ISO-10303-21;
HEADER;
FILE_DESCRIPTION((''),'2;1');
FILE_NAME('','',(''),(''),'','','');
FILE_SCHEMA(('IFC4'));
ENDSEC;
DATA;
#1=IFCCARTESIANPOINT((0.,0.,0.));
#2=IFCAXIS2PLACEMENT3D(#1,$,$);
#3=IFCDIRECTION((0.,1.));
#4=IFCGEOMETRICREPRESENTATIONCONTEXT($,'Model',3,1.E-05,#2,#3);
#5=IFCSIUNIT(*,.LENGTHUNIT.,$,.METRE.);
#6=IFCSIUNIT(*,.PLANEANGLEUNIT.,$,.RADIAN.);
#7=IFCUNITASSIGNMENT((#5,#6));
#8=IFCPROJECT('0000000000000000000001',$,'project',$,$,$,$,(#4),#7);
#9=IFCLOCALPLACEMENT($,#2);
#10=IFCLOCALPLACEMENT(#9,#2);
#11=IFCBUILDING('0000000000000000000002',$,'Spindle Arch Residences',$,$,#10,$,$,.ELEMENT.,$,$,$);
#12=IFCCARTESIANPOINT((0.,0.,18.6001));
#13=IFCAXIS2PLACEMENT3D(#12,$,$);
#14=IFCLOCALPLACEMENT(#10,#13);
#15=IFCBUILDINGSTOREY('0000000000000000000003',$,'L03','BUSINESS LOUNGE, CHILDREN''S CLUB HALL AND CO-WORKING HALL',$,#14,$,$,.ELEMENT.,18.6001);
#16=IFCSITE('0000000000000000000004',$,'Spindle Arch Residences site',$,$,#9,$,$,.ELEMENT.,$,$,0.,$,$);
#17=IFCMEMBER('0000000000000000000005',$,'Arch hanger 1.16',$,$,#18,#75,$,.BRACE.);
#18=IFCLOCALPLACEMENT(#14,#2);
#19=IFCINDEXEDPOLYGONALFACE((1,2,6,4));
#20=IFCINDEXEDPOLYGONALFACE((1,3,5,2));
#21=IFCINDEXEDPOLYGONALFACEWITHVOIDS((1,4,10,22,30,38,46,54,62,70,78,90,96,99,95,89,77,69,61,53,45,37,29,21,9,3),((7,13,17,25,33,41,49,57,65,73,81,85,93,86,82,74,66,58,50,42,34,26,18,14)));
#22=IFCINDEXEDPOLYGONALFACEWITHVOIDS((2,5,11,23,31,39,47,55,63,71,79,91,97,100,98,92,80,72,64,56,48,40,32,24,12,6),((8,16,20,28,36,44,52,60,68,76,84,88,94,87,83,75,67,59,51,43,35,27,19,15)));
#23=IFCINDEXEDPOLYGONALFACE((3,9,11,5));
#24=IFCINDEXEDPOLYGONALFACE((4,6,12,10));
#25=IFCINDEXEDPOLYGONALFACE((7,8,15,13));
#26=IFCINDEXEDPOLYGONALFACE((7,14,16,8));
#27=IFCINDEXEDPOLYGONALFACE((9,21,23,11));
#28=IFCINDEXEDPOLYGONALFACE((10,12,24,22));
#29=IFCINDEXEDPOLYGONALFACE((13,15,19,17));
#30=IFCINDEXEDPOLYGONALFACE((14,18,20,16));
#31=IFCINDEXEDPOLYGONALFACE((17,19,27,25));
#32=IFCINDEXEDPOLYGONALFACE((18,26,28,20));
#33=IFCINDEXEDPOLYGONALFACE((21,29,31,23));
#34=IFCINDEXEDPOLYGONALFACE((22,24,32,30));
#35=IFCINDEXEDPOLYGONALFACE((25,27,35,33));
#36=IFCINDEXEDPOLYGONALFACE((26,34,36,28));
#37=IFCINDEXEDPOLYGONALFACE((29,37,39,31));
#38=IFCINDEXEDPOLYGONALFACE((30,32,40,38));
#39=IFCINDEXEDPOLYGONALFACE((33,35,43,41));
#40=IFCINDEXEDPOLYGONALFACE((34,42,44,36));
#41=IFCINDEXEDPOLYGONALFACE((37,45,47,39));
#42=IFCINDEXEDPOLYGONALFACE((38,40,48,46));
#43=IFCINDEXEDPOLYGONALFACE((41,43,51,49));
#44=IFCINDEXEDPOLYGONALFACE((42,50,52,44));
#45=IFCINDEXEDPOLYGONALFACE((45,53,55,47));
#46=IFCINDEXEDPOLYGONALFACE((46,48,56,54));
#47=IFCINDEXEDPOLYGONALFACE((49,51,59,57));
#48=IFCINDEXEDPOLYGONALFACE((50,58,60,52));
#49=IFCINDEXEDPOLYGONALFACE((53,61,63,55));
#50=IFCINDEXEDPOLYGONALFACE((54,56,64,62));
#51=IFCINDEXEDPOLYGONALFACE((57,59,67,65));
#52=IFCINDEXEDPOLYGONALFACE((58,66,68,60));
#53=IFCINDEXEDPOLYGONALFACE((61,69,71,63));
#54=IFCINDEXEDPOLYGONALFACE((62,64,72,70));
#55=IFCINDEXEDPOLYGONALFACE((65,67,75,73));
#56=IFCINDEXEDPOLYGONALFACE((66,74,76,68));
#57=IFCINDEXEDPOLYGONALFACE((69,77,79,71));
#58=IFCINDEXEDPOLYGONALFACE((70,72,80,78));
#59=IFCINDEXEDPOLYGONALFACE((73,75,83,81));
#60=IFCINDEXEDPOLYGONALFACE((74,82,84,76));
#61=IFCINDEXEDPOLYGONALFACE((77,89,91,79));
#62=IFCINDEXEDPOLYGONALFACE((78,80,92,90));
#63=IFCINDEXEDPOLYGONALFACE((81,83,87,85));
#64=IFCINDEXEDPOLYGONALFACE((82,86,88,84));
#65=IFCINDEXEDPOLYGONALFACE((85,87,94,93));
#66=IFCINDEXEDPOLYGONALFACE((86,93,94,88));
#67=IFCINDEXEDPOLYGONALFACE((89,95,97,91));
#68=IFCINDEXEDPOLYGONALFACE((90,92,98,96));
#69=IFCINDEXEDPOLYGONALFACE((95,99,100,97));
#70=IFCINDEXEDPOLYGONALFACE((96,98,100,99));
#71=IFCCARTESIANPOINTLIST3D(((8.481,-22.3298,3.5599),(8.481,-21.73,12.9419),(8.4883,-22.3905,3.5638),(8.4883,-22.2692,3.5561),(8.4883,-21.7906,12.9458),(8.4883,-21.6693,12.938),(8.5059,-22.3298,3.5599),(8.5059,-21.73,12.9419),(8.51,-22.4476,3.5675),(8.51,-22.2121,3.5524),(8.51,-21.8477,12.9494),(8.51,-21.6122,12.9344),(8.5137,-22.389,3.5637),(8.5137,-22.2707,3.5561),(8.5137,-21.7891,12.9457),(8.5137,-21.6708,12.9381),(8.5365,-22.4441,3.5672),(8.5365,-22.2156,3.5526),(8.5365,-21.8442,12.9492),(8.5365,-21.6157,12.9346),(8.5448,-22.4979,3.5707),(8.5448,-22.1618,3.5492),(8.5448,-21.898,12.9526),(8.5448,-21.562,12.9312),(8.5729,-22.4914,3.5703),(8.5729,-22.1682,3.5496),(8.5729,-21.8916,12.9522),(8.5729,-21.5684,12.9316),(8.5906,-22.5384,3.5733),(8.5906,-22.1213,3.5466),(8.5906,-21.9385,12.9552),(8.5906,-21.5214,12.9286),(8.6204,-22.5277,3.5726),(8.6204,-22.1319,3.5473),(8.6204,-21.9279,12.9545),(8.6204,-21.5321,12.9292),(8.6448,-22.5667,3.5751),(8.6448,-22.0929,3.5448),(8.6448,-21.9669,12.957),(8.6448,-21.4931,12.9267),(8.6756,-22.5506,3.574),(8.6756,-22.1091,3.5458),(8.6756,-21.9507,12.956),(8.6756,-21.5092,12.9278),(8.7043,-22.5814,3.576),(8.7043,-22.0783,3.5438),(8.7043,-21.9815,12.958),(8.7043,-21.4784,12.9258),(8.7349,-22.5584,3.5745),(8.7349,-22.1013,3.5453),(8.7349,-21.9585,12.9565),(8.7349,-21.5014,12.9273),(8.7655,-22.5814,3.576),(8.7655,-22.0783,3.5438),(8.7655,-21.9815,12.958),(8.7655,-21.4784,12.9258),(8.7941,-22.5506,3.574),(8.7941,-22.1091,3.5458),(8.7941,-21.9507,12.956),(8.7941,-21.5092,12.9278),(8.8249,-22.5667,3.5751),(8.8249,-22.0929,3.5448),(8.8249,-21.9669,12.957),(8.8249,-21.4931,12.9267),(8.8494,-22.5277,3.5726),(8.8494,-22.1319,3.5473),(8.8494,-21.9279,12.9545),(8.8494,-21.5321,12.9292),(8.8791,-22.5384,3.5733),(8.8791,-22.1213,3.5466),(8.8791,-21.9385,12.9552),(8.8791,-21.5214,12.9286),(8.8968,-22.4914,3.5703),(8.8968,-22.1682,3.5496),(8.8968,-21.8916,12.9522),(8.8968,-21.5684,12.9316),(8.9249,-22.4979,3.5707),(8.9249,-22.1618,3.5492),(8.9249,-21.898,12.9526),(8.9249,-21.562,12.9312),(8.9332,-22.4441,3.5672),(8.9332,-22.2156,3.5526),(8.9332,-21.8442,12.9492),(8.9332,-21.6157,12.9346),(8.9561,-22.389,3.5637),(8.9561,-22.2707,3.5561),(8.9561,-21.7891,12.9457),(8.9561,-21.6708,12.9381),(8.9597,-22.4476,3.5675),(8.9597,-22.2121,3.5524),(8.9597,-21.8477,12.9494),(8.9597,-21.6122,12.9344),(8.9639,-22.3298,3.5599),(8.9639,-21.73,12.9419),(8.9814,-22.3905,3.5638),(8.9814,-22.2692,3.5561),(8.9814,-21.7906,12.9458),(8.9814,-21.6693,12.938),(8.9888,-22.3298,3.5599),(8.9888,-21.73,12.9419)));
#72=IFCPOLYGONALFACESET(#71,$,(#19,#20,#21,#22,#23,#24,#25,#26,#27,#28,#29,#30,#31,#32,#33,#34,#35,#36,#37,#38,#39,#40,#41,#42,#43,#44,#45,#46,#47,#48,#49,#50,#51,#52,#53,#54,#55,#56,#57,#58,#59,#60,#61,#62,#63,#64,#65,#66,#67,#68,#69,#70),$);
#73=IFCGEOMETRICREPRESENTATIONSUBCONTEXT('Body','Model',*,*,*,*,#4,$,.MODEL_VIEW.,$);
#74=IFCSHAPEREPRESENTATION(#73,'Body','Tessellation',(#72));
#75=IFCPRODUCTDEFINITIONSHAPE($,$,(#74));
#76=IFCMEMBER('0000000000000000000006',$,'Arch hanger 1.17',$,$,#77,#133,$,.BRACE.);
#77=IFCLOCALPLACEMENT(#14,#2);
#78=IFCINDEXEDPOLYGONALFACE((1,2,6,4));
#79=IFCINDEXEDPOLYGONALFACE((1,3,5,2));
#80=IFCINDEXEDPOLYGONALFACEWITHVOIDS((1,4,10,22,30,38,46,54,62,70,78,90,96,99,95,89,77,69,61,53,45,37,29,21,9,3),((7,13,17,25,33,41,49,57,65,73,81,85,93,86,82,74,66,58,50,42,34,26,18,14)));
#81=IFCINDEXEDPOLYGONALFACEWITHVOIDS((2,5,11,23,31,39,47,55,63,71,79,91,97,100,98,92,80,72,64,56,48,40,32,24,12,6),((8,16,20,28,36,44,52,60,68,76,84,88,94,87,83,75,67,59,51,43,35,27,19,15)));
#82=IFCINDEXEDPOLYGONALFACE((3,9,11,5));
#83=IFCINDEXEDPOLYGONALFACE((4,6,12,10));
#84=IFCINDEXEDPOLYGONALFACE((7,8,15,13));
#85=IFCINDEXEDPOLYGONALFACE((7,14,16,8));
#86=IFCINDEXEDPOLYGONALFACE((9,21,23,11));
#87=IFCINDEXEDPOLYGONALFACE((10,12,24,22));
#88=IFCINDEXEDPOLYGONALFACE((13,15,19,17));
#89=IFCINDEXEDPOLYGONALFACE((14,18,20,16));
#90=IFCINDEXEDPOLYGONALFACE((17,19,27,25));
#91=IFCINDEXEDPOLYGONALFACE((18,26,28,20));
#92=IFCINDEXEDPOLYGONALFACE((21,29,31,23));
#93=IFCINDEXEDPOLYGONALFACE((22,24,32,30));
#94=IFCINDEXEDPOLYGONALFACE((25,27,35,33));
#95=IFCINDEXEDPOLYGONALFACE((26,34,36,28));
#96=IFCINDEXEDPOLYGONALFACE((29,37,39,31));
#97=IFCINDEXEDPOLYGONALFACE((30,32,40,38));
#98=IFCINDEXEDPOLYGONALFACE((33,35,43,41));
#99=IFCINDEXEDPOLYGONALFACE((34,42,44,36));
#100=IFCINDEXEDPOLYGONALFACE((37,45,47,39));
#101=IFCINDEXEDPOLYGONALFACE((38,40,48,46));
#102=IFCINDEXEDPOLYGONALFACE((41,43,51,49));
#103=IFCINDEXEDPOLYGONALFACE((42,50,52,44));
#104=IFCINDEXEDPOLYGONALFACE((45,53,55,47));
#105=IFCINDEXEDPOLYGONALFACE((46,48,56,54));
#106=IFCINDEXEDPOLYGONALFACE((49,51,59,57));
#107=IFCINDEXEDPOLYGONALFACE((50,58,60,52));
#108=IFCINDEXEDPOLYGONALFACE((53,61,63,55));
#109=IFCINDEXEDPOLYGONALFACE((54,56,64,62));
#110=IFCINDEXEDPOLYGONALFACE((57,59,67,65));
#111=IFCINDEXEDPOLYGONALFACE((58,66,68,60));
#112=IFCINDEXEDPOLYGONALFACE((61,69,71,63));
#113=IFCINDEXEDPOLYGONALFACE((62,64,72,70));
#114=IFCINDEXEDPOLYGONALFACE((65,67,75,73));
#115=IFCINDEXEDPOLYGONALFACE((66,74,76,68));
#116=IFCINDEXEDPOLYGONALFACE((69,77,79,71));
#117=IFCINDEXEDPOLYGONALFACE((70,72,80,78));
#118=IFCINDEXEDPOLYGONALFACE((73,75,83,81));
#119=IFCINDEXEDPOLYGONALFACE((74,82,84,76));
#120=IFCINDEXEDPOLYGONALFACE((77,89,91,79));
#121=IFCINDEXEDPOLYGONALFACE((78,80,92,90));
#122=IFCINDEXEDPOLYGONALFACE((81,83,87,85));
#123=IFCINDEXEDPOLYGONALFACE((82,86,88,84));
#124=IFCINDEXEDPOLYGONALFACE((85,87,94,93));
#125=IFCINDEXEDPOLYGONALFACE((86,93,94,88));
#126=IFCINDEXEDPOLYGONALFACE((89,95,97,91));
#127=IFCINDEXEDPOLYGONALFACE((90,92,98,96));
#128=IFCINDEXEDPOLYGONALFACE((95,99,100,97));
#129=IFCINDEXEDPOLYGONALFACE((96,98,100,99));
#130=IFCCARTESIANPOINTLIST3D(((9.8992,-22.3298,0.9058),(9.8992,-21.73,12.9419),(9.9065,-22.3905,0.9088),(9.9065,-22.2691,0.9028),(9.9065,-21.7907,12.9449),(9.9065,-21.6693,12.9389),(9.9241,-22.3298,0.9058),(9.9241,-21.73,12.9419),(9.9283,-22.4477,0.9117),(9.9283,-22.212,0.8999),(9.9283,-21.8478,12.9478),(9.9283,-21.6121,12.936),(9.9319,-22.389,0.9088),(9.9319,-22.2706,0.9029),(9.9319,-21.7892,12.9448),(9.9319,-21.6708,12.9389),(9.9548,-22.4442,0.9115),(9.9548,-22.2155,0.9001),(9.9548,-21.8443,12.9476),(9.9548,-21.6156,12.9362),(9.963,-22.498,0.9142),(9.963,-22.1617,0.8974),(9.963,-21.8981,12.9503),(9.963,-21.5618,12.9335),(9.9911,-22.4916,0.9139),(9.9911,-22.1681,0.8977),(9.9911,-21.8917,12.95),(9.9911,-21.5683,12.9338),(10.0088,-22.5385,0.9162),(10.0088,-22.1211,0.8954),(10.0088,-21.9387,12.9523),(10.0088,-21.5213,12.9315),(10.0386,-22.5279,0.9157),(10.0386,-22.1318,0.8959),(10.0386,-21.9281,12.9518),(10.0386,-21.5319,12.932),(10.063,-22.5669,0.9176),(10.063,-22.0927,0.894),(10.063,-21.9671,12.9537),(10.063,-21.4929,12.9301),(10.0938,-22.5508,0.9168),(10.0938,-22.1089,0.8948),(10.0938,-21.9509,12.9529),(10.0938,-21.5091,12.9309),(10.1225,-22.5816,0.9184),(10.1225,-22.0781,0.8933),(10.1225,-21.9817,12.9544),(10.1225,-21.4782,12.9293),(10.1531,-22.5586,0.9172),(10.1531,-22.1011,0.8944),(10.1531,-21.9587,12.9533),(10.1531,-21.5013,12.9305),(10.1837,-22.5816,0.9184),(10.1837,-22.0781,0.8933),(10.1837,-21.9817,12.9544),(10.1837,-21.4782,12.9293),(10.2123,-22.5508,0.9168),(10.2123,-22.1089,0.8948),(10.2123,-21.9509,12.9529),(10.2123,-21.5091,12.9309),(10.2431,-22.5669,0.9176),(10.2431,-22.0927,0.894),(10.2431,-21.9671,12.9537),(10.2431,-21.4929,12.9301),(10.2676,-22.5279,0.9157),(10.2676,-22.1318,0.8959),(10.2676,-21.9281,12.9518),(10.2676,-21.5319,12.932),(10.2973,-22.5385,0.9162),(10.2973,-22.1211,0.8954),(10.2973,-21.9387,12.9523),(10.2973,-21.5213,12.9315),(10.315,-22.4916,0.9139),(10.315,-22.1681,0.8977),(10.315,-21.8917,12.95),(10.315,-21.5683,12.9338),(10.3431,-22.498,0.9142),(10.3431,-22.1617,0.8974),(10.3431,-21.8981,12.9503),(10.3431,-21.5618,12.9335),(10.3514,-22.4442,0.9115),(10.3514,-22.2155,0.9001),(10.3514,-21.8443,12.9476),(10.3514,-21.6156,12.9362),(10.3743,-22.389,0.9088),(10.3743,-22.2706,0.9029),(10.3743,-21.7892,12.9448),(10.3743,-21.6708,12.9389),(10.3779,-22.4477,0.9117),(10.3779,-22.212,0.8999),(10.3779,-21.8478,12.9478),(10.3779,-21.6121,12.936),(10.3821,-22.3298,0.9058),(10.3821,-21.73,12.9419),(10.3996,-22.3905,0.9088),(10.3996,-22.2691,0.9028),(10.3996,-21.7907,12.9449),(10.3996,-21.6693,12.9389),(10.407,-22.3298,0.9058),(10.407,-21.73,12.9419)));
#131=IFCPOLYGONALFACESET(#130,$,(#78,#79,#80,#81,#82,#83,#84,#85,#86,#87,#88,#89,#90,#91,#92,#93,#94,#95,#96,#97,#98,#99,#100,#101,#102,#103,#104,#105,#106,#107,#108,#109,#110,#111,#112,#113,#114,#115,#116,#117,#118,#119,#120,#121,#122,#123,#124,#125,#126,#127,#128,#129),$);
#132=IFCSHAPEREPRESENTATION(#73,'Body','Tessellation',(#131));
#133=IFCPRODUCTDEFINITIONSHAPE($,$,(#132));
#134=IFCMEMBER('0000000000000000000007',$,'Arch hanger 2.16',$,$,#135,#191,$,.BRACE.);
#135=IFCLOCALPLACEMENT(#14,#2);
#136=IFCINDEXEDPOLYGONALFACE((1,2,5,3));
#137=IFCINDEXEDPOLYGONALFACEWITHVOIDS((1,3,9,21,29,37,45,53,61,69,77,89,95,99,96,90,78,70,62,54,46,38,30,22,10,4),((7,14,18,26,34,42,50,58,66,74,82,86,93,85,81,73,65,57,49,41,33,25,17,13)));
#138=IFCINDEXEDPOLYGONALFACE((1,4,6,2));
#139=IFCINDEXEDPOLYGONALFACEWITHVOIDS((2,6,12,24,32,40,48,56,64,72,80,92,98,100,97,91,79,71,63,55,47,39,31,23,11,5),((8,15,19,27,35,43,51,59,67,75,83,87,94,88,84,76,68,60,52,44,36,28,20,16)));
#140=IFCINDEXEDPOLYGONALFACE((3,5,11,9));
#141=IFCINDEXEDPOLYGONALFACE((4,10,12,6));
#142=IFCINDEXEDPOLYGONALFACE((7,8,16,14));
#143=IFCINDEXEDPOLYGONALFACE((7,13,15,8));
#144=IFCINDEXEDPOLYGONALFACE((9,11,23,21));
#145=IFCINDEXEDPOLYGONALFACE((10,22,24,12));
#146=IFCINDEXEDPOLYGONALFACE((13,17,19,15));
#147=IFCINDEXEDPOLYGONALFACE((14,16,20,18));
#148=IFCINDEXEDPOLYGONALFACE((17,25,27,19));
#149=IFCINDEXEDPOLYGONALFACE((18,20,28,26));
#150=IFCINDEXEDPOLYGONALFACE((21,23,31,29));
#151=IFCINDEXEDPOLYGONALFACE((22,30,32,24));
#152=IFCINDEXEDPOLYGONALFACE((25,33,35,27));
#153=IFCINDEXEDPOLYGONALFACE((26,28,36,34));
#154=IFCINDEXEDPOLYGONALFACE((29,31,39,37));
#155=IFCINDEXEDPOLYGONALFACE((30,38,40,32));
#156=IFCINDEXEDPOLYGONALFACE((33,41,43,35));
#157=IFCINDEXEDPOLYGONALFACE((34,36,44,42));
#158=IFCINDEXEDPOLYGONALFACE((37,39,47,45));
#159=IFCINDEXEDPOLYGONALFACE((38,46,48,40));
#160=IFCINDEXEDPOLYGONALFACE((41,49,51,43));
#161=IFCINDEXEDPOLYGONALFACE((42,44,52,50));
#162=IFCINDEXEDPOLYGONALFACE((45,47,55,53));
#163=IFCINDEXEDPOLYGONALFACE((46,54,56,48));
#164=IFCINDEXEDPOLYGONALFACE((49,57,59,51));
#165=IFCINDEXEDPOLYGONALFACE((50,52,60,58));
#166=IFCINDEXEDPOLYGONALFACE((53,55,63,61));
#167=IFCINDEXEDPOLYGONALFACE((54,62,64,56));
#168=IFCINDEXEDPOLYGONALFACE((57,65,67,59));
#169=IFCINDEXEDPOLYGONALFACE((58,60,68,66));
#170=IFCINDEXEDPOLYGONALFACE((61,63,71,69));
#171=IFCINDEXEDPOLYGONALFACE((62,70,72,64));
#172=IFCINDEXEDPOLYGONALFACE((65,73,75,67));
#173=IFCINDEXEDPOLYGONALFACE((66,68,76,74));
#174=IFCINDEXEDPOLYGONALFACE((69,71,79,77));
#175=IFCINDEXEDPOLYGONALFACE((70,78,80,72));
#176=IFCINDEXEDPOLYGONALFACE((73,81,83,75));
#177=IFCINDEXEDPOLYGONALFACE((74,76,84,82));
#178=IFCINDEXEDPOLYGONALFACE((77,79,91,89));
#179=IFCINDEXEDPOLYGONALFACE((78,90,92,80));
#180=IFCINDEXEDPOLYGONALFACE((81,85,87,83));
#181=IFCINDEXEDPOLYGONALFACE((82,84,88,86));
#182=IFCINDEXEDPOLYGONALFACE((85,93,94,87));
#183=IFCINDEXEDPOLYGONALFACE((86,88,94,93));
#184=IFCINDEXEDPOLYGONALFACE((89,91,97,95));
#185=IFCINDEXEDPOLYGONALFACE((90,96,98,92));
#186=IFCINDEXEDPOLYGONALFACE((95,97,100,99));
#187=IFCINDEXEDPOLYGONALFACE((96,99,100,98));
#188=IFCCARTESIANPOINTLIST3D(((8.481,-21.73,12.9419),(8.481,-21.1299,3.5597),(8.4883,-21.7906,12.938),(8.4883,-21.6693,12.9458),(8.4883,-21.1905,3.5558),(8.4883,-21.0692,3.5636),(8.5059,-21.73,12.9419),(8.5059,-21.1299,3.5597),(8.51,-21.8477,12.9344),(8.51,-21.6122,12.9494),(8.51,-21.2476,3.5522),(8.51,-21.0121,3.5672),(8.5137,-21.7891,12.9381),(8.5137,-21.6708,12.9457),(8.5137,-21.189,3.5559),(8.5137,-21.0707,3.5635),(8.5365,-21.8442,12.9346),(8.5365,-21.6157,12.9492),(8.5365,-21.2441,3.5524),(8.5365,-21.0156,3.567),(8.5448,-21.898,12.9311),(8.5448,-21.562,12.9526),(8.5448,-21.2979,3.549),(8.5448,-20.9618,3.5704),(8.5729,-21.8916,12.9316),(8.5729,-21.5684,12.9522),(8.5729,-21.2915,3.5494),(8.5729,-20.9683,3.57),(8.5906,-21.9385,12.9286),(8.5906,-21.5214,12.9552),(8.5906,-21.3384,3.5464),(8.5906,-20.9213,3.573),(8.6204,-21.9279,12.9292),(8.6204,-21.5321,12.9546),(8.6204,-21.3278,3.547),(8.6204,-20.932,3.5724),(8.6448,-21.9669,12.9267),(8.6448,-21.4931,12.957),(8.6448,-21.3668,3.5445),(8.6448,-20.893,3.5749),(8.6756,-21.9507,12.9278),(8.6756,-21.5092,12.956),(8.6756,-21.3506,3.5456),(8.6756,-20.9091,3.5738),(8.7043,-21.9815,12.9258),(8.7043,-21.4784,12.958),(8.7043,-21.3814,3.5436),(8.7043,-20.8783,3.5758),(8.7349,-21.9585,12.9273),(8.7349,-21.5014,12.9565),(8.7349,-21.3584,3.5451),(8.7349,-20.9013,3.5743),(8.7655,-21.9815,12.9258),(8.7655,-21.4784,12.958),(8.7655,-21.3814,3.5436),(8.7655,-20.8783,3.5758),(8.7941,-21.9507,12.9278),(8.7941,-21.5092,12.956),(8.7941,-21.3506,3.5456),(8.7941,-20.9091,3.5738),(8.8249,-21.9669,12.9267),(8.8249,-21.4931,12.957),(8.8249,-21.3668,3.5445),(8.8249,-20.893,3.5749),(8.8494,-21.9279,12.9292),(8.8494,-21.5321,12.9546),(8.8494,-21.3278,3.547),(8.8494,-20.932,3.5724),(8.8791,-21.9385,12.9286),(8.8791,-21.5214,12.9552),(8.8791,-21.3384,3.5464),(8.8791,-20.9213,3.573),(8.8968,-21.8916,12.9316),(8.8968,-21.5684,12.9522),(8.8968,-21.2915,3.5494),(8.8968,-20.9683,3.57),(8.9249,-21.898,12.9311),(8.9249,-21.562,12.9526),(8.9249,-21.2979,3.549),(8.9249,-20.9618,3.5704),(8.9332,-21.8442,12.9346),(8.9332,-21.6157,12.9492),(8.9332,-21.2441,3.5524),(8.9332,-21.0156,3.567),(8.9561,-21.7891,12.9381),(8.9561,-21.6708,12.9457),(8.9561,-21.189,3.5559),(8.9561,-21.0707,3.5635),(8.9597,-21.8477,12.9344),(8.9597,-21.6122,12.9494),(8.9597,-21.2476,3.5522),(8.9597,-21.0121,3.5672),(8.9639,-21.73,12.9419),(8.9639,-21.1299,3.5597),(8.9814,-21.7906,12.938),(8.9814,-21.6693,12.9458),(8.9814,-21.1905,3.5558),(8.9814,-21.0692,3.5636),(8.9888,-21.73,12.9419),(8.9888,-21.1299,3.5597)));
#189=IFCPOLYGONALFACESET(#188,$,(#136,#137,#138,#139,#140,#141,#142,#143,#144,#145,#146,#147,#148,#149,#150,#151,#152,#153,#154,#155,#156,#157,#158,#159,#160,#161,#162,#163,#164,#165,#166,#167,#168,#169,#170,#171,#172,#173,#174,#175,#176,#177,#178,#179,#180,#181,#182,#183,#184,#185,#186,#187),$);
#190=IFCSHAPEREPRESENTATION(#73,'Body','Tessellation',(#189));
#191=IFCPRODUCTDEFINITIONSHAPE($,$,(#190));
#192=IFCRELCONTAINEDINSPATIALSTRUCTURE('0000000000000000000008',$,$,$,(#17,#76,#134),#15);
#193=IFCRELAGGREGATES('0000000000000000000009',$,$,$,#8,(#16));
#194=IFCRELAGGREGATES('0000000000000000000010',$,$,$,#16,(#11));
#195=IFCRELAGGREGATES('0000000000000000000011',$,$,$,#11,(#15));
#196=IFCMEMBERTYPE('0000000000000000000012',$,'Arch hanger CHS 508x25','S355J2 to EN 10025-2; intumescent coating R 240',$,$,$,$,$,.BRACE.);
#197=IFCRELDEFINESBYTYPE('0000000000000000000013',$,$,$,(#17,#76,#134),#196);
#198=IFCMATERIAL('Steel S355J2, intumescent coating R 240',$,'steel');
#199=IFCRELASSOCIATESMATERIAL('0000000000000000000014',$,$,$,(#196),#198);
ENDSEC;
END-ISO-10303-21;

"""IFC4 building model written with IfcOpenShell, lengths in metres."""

from ifc_helpers import new_model, si_unit, direction, frame, origin, origin_2d, place, context, subcontext, project, spatial, hollow_circle, extrude, material, material_profile, profile_set, type_object, element, save


model = new_model("IFC4")

# Units and contexts
model_context = context("Model", 3, precision=1e-05, world=origin(), true_north=direction((0.0, 1.0)))
body_context = subcontext(model_context, "Body", "Model", "MODEL_VIEW")
ifc_project = project(units=[si_unit("LENGTHUNIT", "METRE"), si_unit("PLANEANGLEUNIT", "RADIAN")], contexts=[model_context])

# Site, building, storey
site_placement = place(None, origin())
site = spatial("IfcSite", under=ifc_project, at=site_placement, Name="Spindle Arch Residences site", CompositionType="ELEMENT", RefElevation=0.0)
building_placement = place(site_placement, origin())
building = spatial("IfcBuilding", under=site, at=building_placement, Name="Spindle Arch Residences", CompositionType="ELEMENT")
storey_placement = place(building_placement, frame((0.0, 0.0, 18.6001)))
storey = spatial("IfcBuildingStorey", under=building, at=storey_placement, Name="L03", Description="BUSINESS LOUNGE, CHILDREN'S CLUB HALL AND CO-WORKING HALL", CompositionType="ELEMENT", Elevation=18.6001)

# Members
ifc_material_1 = material(Name="Steel S355J2, intumescent coating R 240", Category="steel")
ifc_material_profile_1 = material_profile(ifc_material_1, hollow_circle(Radius=0.2539, WallThickness=0.0249, at=origin_2d()), Name="CHS 508x25")
ifc_profile_set_1 = profile_set([ifc_material_profile_1], Name="Steel S355J2, intumescent coating R 240")
member_type_1 = type_object("IfcMemberType", Name="Arch hanger CHS 508x25", Description="S355J2 to EN 10025-2; intumescent coating R 240", PredefinedType="BRACE", material=ifc_profile_set_1)
member_1_placement = place(storey_placement, frame((8.7349, -21.73, 12.9419), z_axis=(0.0, -0.063806, -0.997962), x_axis=(1.0, 0.0, 0.0)))
element("IfcMember", 1, at=member_1_placement, inside=storey, type_object=member_type_1, Name="Arch hanger 1.16", PredefinedType="BRACE", context=body_context, shape_type="SweptSolid", body=[
    extrude(hollow_circle(Radius=0.2539, WallThickness=0.0249, at=origin_2d()), origin(), (0.0, 0.0, 1.0), 9.4011),
])
member_2_placement = place(storey_placement, frame((10.1531, -21.73, 12.9419), z_axis=(0.0, -0.049776, -0.99876), x_axis=(1.0, 0.0, 0.0)))
element("IfcMember", 2, at=member_2_placement, inside=storey, type_object=member_type_1, Name="Arch hanger 1.17", PredefinedType="BRACE", context=body_context, shape_type="SweptSolid", body=[
    extrude(hollow_circle(Radius=0.2539, WallThickness=0.0249, at=origin_2d()), origin(), (0.0, 0.0, 1.0), 12.051),
])
member_3_placement = place(storey_placement, frame((8.7349, -21.73, 12.9419), z_axis=(0.0, 0.063832, -0.997961), x_axis=(-1.0, 0.0, 0.0)))
element("IfcMember", 3, at=member_3_placement, inside=storey, type_object=member_type_1, Name="Arch hanger 2.16", PredefinedType="BRACE", context=body_context, shape_type="SweptSolid", body=[
    extrude(hollow_circle(Radius=0.2539, WallThickness=0.0249, at=origin_2d()), origin(), (0.0, 0.0, 1.0), 9.4014),
])

save(model, "model.ifc")
